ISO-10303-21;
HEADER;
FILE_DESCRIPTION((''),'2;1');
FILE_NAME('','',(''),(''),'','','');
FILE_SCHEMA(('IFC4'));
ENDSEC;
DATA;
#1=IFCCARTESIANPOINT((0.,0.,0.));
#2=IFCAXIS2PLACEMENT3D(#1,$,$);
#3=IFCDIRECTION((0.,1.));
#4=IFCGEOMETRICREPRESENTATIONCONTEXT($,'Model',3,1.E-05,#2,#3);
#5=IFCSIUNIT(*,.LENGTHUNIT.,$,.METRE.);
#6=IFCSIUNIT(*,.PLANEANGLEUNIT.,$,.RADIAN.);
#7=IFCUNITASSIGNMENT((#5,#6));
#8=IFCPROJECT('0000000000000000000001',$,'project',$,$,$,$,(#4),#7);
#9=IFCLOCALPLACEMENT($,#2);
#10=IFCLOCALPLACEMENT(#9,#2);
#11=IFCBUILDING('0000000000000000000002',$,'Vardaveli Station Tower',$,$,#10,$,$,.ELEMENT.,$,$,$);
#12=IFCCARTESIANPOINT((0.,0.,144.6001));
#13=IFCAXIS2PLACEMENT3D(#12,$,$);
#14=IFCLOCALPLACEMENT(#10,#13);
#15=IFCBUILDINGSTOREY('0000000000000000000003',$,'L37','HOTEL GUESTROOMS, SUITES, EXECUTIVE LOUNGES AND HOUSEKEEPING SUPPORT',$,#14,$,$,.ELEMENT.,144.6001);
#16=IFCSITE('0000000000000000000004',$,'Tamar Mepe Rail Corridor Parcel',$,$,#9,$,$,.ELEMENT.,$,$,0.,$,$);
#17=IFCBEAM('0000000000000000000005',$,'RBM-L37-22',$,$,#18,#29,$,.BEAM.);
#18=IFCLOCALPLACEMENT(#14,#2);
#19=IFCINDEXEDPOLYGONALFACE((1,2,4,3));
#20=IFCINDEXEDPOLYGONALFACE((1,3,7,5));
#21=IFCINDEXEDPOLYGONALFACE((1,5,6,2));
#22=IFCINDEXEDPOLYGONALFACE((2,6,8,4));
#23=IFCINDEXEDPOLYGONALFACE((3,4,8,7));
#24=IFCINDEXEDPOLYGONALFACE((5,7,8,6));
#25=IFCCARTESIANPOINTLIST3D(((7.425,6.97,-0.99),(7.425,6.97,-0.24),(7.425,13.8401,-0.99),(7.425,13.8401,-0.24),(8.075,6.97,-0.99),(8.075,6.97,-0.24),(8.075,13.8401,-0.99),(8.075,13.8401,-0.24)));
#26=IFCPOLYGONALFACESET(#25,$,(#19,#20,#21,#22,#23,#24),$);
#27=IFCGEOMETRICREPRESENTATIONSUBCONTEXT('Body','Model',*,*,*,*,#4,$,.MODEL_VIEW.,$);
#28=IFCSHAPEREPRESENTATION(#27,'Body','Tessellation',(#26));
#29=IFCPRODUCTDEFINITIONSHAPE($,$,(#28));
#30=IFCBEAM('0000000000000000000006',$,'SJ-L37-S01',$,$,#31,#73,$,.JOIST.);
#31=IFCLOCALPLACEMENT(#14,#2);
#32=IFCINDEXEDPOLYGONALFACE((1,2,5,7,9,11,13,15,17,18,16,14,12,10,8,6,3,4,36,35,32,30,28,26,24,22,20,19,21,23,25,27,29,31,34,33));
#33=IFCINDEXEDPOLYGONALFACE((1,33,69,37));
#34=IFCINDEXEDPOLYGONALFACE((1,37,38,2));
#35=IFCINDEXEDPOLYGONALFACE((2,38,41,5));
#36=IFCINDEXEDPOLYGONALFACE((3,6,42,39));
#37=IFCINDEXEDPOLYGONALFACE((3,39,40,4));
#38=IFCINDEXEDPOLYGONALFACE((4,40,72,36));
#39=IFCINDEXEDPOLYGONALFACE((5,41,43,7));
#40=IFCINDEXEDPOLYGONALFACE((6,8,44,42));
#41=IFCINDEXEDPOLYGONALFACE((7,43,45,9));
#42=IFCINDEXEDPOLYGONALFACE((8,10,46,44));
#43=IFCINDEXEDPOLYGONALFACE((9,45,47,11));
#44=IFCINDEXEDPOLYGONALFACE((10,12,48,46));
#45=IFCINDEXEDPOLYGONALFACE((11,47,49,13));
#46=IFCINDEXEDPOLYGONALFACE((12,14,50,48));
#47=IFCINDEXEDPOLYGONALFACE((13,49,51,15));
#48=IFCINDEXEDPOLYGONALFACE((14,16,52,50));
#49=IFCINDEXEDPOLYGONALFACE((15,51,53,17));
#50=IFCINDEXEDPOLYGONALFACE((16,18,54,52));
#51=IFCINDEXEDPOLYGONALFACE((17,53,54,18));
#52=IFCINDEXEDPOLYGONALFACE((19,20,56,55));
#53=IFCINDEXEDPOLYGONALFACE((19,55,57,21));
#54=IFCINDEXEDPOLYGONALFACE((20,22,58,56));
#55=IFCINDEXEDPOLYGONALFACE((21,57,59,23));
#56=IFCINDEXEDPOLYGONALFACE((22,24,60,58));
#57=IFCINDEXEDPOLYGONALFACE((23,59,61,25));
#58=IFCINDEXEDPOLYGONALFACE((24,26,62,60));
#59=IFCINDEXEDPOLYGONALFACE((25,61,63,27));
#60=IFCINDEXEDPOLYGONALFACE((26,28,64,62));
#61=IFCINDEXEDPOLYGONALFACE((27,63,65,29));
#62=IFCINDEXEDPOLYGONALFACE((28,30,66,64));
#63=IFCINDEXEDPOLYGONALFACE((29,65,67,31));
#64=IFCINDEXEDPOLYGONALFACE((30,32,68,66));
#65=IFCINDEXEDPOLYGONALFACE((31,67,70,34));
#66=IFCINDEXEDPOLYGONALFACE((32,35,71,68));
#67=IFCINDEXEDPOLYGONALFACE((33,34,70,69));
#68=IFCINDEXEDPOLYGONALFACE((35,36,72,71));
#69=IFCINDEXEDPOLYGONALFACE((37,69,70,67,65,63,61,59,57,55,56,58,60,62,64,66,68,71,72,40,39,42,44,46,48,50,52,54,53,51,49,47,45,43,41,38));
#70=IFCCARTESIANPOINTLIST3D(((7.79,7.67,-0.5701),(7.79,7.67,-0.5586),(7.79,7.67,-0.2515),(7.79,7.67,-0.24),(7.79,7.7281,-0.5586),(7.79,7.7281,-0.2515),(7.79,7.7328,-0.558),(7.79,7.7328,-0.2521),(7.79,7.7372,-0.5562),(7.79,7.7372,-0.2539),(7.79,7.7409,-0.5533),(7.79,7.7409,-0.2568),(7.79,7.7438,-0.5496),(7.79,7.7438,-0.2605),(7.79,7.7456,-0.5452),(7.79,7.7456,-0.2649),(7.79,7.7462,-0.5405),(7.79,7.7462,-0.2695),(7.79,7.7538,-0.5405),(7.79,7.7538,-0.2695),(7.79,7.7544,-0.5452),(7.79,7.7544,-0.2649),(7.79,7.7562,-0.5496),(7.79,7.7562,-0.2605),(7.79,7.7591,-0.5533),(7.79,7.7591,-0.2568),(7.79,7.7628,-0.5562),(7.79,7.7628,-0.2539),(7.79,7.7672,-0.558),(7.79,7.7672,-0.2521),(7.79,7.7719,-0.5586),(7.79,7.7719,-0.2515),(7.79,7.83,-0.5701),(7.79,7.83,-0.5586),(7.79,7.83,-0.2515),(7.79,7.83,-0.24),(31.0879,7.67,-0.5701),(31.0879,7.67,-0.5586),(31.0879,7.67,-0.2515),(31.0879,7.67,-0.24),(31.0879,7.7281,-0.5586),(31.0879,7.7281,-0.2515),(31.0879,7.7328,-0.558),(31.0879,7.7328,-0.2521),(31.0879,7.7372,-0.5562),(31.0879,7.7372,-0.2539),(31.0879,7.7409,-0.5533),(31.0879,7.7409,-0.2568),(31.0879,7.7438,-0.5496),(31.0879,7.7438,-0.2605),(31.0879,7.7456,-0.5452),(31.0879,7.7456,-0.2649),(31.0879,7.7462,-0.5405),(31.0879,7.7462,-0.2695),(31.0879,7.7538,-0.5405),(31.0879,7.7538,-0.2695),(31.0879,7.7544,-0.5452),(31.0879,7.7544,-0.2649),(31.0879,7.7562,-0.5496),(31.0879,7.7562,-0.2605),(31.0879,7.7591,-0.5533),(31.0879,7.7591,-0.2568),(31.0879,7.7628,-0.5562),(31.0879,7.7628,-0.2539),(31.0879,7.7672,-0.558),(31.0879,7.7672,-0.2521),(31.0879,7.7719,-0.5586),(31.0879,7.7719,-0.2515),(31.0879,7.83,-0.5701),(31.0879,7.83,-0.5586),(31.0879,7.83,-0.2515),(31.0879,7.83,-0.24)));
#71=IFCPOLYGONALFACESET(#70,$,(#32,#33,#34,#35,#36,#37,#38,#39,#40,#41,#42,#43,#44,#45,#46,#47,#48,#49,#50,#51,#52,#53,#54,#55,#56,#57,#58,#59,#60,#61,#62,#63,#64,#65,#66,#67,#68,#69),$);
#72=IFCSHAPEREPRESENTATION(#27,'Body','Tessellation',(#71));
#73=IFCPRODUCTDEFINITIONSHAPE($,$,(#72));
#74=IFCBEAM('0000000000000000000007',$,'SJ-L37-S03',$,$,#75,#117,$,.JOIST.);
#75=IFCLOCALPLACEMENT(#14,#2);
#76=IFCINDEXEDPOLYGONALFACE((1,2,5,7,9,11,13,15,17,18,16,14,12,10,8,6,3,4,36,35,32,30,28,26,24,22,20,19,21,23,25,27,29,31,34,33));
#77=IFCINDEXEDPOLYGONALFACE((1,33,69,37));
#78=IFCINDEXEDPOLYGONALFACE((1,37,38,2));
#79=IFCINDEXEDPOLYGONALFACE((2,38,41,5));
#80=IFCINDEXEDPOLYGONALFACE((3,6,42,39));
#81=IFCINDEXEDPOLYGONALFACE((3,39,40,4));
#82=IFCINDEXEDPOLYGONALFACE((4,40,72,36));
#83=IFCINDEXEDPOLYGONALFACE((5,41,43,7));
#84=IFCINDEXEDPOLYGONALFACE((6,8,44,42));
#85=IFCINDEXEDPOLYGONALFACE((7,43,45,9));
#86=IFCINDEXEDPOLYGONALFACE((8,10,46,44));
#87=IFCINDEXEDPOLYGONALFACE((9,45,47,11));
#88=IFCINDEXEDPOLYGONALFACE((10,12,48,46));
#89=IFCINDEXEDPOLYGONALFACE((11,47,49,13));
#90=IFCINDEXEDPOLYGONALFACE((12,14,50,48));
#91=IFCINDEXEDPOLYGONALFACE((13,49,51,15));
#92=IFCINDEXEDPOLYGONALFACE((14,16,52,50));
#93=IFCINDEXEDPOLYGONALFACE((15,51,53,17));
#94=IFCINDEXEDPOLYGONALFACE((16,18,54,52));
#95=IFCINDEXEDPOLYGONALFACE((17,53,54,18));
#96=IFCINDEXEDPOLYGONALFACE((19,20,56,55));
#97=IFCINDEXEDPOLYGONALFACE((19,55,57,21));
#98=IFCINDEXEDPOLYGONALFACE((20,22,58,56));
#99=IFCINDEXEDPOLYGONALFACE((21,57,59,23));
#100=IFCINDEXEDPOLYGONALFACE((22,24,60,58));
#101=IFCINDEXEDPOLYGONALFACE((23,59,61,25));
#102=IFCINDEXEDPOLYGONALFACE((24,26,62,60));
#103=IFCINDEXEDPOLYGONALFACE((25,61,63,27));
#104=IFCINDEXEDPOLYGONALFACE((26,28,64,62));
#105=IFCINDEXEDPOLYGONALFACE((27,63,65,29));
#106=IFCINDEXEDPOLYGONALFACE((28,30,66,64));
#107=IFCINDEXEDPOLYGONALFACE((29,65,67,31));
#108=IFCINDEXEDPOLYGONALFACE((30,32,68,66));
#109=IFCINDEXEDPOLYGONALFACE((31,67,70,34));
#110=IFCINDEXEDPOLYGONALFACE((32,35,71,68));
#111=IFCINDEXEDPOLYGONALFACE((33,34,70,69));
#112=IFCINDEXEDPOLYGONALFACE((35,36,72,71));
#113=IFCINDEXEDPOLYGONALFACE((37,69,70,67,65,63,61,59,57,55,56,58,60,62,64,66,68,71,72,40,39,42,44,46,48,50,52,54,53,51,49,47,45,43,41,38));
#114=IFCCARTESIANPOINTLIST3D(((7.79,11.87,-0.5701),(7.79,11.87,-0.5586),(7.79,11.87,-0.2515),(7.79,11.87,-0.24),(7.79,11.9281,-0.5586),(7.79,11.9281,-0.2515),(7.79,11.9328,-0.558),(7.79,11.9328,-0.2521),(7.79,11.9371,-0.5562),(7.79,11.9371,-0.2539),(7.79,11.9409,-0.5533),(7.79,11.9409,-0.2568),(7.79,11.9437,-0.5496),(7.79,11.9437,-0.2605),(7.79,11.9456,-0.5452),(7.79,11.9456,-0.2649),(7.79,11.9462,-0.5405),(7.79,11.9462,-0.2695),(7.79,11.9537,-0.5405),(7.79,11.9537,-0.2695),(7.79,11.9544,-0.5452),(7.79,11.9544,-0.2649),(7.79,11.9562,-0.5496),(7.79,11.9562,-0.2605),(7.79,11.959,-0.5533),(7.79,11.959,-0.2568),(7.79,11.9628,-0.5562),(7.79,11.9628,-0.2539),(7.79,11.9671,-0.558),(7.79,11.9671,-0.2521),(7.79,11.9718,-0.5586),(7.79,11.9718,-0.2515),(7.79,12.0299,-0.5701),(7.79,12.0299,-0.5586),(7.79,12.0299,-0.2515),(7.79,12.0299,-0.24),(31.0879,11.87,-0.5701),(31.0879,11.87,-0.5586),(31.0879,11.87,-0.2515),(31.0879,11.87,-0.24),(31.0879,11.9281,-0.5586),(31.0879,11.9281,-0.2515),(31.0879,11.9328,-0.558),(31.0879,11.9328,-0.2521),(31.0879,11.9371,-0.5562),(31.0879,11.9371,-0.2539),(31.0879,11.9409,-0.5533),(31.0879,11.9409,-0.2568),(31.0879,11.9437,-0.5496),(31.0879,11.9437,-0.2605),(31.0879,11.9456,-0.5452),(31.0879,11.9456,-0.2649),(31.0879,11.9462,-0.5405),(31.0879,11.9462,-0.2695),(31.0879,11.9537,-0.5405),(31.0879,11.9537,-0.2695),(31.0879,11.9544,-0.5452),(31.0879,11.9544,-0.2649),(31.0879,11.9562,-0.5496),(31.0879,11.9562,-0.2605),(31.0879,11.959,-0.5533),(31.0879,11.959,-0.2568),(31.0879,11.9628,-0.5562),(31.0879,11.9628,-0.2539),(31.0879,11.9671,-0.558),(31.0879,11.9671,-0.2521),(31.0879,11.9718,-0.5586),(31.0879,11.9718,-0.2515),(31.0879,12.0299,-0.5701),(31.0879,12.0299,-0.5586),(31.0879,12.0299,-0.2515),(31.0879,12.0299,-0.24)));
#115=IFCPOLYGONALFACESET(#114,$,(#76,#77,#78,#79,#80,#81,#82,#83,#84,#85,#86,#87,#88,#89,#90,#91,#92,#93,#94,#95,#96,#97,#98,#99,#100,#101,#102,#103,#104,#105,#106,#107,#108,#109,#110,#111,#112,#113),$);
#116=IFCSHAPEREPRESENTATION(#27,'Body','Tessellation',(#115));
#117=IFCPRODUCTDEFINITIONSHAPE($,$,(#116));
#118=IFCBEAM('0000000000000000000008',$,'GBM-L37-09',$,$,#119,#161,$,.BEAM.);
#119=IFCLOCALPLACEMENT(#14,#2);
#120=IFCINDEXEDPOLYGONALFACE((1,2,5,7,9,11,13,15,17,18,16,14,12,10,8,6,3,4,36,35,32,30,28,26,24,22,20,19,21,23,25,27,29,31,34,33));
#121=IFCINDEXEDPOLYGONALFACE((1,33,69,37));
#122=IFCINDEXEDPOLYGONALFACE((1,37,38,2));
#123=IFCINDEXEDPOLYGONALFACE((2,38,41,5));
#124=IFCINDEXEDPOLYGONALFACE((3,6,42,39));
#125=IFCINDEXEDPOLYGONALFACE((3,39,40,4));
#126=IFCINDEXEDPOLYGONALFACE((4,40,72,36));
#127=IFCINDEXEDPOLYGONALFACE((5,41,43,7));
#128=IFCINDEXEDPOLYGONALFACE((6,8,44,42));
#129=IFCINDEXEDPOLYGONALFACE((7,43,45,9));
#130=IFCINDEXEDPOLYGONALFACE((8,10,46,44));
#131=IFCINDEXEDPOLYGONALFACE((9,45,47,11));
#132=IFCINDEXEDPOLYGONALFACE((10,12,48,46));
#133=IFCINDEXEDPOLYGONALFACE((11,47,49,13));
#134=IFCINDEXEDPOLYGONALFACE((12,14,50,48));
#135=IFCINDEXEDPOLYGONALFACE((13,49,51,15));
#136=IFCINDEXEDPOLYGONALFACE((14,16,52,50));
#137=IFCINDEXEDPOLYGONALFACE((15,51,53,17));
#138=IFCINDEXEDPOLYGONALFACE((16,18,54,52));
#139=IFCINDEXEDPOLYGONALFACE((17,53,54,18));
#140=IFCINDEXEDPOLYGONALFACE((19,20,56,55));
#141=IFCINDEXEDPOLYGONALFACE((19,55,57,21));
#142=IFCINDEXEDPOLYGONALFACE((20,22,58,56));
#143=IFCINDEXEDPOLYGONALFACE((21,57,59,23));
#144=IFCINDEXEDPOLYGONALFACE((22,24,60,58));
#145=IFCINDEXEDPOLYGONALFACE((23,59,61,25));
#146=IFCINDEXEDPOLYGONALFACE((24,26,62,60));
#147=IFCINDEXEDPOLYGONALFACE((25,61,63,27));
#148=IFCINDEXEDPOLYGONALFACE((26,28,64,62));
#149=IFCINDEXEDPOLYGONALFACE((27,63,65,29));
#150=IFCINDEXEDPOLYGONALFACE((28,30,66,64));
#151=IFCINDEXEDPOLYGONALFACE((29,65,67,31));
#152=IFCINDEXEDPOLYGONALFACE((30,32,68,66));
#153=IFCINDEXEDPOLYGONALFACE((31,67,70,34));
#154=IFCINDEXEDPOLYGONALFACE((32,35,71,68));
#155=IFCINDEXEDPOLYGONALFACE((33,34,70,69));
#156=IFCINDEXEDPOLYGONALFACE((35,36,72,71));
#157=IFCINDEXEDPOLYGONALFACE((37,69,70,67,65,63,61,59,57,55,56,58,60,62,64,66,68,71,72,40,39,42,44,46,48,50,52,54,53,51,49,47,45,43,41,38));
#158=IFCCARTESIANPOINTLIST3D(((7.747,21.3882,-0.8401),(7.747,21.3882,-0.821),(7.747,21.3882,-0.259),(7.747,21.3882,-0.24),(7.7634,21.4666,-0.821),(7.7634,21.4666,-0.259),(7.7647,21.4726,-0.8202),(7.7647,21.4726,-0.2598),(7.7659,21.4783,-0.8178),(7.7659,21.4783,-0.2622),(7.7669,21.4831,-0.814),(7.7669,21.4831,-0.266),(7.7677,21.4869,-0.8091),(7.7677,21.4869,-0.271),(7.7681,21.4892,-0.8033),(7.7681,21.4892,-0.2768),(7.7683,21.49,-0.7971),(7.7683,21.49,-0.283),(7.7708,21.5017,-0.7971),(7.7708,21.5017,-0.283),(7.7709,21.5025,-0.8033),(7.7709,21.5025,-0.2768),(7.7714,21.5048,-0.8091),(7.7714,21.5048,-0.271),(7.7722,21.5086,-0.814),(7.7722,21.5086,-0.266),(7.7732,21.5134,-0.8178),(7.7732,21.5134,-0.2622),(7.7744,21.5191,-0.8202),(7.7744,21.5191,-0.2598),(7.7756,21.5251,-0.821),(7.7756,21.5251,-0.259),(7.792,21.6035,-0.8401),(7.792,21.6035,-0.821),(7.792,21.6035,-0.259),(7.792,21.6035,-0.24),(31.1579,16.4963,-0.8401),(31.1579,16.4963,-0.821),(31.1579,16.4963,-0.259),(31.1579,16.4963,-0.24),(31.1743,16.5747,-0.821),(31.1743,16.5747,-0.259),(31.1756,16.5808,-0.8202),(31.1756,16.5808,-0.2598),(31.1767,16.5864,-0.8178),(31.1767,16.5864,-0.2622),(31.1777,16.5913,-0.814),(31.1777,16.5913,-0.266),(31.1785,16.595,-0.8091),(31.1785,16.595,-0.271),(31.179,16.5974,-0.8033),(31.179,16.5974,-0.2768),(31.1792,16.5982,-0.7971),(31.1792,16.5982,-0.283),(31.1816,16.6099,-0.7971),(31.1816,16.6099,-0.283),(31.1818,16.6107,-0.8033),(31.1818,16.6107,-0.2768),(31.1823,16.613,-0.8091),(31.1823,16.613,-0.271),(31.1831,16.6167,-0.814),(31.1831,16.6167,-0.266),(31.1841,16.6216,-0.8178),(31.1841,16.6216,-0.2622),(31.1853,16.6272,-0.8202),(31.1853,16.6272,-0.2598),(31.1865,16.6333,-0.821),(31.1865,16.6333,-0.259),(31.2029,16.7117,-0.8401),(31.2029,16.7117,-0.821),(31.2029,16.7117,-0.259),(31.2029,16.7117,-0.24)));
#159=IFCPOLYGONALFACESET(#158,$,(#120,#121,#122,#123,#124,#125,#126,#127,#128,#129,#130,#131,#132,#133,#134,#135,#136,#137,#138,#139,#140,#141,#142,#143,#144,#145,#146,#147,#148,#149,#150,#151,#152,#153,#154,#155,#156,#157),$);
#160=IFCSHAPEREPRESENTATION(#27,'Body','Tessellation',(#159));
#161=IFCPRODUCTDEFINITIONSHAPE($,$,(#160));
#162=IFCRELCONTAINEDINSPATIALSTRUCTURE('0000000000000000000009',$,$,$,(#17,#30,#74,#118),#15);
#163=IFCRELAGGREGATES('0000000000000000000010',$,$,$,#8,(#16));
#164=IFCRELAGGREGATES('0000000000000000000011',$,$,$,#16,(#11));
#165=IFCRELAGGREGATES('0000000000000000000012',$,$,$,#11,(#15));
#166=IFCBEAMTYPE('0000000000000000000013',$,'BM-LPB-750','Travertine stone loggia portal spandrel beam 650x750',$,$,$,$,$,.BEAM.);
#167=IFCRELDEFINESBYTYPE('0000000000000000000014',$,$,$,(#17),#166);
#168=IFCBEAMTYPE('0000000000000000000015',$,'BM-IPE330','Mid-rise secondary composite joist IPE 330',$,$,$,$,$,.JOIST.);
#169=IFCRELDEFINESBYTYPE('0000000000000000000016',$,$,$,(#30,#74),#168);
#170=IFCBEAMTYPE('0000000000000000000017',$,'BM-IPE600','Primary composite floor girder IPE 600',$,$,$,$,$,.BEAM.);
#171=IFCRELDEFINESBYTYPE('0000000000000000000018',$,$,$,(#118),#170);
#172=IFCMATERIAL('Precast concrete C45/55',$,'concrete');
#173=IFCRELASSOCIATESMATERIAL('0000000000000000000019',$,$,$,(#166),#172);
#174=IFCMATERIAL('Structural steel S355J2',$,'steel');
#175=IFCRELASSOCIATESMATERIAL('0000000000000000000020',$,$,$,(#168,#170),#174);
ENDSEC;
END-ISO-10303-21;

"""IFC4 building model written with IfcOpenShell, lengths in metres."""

from ifc_helpers import new_model, si_unit, direction, frame, origin, origin_2d, place, context, subcontext, project, spatial, rectangle, i_section, extrude, source, transform, mapped, material, material_profile, profile_set, type_object, element, save


model = new_model("IFC4")

# Units and contexts
model_context = context("Model", 3, precision=1e-05, world=origin(), true_north=direction((0.0, 1.0)))
body_context = subcontext(model_context, "Body", "Model", "MODEL_VIEW")
ifc_project = project(units=[si_unit("LENGTHUNIT", "METRE"), si_unit("PLANEANGLEUNIT", "RADIAN")], contexts=[model_context])

# Site, building, storey
site_placement = place(None, origin())
site = spatial("IfcSite", under=ifc_project, at=site_placement, Name="Tamar Mepe Rail Corridor Parcel", CompositionType="ELEMENT", RefElevation=0.0)
building_placement = place(site_placement, origin())
building = spatial("IfcBuilding", under=site, at=building_placement, Name="Vardaveli Station Tower", CompositionType="ELEMENT")
storey_placement = place(building_placement, frame((0.0, 0.0, 144.6001)))
storey = spatial("IfcBuildingStorey", under=building, at=storey_placement, Name="L37", Description="HOTEL GUESTROOMS, SUITES, EXECUTIVE LOUNGES AND HOUSEKEEPING SUPPORT", CompositionType="ELEMENT", Elevation=144.6001)

# Beams
ifc_material_1 = material(Name="Precast concrete C45/55", Category="concrete")
ifc_material_profile_1 = material_profile(ifc_material_1, rectangle(XDim=0.6499, YDim=0.75, at=origin_2d()), Name="LPB 650x750")
ifc_profile_set_1 = profile_set([ifc_material_profile_1], Name="Precast concrete C45/55")
beam_type_1 = type_object("IfcBeamType", Name="BM-LPB-750", Description="Travertine stone loggia portal spandrel beam 650x750", PredefinedType="BEAM", material=ifc_profile_set_1)
shared_shape_1 = source(origin(), body_context, "Body", "SweptSolid", [
    extrude(rectangle(XDim=0.6499, YDim=0.75, at=origin_2d()), origin(), (0.0, 0.0, 1.0), 6.8701),
])
beam_1_placement = place(storey_placement, frame((7.75, 13.8401, -0.615), z_axis=(0.0, -1.0, 0.0), x_axis=(1.0, 0.0, 0.0)))
element("IfcBeam", 1, at=beam_1_placement, inside=storey, type_object=beam_type_1, Name="RBM-L37-22", PredefinedType="BEAM", context=body_context, shape_type="MappedRepresentation", body=[
    mapped(shared_shape_1, transform((0.0, 0.0, 0.0), scale=1.0)),
])
ifc_material_2 = material(Name="Structural steel S355J2", Category="steel")
ifc_material_profile_2 = material_profile(ifc_material_2, i_section(OverallWidth=0.1599, OverallDepth=0.3301, WebThickness=0.0076, FlangeThickness=0.0115, FilletRadius=0.0181, at=origin_2d()), Name="IPE 330")
ifc_profile_set_2 = profile_set([ifc_material_profile_2], Name="Structural steel S355J2")
beam_type_2 = type_object("IfcBeamType", Name="BM-IPE330", Description="Mid-rise secondary composite joist IPE 330", PredefinedType="JOIST", material=ifc_profile_set_2)
shared_shape_2 = source(origin(), body_context, "Body", "SweptSolid", [
    extrude(i_section(OverallWidth=0.1599, OverallDepth=0.3301, WebThickness=0.0076, FlangeThickness=0.0115, FilletRadius=0.0181, at=origin_2d()), origin(), (0.0, 0.0, 1.0), 23.2979),
])
for number, where, z_axis, x_axis, name in (
    (2, (7.79, 7.75, -0.405), (1.0, 0.0, 0.0), (0.0, 1.0, 0.0), "SJ-L37-S01"),
    (3, (7.79, 11.95, -0.405), (1.0, 0.0, 0.0), (0.0, 1.0, 0.0), "SJ-L37-S03"),
):
    element("IfcBeam", number, at=place(storey_placement, frame(where, z_axis=z_axis, x_axis=x_axis)), inside=storey, type_object=beam_type_2, Name=name, PredefinedType="JOIST", context=body_context, shape_type="MappedRepresentation", body=[
        mapped(shared_shape_2, transform((0.0, 0.0, 0.0), scale=1.0)),
    ])
ifc_material_profile_3 = material_profile(ifc_material_2, i_section(OverallWidth=0.22, OverallDepth=0.6001, WebThickness=0.012, FlangeThickness=0.019, FilletRadius=0.0239, at=origin_2d()), Name="IPE 600")
ifc_profile_set_3 = profile_set([ifc_material_profile_3], Name="Structural steel S355J2")
beam_type_3 = type_object("IfcBeamType", Name="BM-IPE600", Description="Primary composite floor girder IPE 600", PredefinedType="BEAM", material=ifc_profile_set_3)
shared_shape_3 = source(origin(), body_context, "Body", "SweptSolid", [
    extrude(i_section(OverallWidth=0.22, OverallDepth=0.6001, WebThickness=0.012, FlangeThickness=0.019, FilletRadius=0.0239, at=origin_2d()), origin(), (0.0, 0.0, 1.0), 23.9165),
])
beam_2_placement = place(storey_placement, frame((7.7695, 21.4958, -0.54), z_axis=(0.978859, -0.204538, 0.0), x_axis=(0.204538, 0.978859, 0.0)))
element("IfcBeam", 4, at=beam_2_placement, inside=storey, type_object=beam_type_3, Name="GBM-L37-09", PredefinedType="BEAM", context=body_context, shape_type="MappedRepresentation", body=[
    mapped(shared_shape_3, transform((0.0, 0.0, 0.0), scale=1.0)),
])

save(model, "model.ifc")
